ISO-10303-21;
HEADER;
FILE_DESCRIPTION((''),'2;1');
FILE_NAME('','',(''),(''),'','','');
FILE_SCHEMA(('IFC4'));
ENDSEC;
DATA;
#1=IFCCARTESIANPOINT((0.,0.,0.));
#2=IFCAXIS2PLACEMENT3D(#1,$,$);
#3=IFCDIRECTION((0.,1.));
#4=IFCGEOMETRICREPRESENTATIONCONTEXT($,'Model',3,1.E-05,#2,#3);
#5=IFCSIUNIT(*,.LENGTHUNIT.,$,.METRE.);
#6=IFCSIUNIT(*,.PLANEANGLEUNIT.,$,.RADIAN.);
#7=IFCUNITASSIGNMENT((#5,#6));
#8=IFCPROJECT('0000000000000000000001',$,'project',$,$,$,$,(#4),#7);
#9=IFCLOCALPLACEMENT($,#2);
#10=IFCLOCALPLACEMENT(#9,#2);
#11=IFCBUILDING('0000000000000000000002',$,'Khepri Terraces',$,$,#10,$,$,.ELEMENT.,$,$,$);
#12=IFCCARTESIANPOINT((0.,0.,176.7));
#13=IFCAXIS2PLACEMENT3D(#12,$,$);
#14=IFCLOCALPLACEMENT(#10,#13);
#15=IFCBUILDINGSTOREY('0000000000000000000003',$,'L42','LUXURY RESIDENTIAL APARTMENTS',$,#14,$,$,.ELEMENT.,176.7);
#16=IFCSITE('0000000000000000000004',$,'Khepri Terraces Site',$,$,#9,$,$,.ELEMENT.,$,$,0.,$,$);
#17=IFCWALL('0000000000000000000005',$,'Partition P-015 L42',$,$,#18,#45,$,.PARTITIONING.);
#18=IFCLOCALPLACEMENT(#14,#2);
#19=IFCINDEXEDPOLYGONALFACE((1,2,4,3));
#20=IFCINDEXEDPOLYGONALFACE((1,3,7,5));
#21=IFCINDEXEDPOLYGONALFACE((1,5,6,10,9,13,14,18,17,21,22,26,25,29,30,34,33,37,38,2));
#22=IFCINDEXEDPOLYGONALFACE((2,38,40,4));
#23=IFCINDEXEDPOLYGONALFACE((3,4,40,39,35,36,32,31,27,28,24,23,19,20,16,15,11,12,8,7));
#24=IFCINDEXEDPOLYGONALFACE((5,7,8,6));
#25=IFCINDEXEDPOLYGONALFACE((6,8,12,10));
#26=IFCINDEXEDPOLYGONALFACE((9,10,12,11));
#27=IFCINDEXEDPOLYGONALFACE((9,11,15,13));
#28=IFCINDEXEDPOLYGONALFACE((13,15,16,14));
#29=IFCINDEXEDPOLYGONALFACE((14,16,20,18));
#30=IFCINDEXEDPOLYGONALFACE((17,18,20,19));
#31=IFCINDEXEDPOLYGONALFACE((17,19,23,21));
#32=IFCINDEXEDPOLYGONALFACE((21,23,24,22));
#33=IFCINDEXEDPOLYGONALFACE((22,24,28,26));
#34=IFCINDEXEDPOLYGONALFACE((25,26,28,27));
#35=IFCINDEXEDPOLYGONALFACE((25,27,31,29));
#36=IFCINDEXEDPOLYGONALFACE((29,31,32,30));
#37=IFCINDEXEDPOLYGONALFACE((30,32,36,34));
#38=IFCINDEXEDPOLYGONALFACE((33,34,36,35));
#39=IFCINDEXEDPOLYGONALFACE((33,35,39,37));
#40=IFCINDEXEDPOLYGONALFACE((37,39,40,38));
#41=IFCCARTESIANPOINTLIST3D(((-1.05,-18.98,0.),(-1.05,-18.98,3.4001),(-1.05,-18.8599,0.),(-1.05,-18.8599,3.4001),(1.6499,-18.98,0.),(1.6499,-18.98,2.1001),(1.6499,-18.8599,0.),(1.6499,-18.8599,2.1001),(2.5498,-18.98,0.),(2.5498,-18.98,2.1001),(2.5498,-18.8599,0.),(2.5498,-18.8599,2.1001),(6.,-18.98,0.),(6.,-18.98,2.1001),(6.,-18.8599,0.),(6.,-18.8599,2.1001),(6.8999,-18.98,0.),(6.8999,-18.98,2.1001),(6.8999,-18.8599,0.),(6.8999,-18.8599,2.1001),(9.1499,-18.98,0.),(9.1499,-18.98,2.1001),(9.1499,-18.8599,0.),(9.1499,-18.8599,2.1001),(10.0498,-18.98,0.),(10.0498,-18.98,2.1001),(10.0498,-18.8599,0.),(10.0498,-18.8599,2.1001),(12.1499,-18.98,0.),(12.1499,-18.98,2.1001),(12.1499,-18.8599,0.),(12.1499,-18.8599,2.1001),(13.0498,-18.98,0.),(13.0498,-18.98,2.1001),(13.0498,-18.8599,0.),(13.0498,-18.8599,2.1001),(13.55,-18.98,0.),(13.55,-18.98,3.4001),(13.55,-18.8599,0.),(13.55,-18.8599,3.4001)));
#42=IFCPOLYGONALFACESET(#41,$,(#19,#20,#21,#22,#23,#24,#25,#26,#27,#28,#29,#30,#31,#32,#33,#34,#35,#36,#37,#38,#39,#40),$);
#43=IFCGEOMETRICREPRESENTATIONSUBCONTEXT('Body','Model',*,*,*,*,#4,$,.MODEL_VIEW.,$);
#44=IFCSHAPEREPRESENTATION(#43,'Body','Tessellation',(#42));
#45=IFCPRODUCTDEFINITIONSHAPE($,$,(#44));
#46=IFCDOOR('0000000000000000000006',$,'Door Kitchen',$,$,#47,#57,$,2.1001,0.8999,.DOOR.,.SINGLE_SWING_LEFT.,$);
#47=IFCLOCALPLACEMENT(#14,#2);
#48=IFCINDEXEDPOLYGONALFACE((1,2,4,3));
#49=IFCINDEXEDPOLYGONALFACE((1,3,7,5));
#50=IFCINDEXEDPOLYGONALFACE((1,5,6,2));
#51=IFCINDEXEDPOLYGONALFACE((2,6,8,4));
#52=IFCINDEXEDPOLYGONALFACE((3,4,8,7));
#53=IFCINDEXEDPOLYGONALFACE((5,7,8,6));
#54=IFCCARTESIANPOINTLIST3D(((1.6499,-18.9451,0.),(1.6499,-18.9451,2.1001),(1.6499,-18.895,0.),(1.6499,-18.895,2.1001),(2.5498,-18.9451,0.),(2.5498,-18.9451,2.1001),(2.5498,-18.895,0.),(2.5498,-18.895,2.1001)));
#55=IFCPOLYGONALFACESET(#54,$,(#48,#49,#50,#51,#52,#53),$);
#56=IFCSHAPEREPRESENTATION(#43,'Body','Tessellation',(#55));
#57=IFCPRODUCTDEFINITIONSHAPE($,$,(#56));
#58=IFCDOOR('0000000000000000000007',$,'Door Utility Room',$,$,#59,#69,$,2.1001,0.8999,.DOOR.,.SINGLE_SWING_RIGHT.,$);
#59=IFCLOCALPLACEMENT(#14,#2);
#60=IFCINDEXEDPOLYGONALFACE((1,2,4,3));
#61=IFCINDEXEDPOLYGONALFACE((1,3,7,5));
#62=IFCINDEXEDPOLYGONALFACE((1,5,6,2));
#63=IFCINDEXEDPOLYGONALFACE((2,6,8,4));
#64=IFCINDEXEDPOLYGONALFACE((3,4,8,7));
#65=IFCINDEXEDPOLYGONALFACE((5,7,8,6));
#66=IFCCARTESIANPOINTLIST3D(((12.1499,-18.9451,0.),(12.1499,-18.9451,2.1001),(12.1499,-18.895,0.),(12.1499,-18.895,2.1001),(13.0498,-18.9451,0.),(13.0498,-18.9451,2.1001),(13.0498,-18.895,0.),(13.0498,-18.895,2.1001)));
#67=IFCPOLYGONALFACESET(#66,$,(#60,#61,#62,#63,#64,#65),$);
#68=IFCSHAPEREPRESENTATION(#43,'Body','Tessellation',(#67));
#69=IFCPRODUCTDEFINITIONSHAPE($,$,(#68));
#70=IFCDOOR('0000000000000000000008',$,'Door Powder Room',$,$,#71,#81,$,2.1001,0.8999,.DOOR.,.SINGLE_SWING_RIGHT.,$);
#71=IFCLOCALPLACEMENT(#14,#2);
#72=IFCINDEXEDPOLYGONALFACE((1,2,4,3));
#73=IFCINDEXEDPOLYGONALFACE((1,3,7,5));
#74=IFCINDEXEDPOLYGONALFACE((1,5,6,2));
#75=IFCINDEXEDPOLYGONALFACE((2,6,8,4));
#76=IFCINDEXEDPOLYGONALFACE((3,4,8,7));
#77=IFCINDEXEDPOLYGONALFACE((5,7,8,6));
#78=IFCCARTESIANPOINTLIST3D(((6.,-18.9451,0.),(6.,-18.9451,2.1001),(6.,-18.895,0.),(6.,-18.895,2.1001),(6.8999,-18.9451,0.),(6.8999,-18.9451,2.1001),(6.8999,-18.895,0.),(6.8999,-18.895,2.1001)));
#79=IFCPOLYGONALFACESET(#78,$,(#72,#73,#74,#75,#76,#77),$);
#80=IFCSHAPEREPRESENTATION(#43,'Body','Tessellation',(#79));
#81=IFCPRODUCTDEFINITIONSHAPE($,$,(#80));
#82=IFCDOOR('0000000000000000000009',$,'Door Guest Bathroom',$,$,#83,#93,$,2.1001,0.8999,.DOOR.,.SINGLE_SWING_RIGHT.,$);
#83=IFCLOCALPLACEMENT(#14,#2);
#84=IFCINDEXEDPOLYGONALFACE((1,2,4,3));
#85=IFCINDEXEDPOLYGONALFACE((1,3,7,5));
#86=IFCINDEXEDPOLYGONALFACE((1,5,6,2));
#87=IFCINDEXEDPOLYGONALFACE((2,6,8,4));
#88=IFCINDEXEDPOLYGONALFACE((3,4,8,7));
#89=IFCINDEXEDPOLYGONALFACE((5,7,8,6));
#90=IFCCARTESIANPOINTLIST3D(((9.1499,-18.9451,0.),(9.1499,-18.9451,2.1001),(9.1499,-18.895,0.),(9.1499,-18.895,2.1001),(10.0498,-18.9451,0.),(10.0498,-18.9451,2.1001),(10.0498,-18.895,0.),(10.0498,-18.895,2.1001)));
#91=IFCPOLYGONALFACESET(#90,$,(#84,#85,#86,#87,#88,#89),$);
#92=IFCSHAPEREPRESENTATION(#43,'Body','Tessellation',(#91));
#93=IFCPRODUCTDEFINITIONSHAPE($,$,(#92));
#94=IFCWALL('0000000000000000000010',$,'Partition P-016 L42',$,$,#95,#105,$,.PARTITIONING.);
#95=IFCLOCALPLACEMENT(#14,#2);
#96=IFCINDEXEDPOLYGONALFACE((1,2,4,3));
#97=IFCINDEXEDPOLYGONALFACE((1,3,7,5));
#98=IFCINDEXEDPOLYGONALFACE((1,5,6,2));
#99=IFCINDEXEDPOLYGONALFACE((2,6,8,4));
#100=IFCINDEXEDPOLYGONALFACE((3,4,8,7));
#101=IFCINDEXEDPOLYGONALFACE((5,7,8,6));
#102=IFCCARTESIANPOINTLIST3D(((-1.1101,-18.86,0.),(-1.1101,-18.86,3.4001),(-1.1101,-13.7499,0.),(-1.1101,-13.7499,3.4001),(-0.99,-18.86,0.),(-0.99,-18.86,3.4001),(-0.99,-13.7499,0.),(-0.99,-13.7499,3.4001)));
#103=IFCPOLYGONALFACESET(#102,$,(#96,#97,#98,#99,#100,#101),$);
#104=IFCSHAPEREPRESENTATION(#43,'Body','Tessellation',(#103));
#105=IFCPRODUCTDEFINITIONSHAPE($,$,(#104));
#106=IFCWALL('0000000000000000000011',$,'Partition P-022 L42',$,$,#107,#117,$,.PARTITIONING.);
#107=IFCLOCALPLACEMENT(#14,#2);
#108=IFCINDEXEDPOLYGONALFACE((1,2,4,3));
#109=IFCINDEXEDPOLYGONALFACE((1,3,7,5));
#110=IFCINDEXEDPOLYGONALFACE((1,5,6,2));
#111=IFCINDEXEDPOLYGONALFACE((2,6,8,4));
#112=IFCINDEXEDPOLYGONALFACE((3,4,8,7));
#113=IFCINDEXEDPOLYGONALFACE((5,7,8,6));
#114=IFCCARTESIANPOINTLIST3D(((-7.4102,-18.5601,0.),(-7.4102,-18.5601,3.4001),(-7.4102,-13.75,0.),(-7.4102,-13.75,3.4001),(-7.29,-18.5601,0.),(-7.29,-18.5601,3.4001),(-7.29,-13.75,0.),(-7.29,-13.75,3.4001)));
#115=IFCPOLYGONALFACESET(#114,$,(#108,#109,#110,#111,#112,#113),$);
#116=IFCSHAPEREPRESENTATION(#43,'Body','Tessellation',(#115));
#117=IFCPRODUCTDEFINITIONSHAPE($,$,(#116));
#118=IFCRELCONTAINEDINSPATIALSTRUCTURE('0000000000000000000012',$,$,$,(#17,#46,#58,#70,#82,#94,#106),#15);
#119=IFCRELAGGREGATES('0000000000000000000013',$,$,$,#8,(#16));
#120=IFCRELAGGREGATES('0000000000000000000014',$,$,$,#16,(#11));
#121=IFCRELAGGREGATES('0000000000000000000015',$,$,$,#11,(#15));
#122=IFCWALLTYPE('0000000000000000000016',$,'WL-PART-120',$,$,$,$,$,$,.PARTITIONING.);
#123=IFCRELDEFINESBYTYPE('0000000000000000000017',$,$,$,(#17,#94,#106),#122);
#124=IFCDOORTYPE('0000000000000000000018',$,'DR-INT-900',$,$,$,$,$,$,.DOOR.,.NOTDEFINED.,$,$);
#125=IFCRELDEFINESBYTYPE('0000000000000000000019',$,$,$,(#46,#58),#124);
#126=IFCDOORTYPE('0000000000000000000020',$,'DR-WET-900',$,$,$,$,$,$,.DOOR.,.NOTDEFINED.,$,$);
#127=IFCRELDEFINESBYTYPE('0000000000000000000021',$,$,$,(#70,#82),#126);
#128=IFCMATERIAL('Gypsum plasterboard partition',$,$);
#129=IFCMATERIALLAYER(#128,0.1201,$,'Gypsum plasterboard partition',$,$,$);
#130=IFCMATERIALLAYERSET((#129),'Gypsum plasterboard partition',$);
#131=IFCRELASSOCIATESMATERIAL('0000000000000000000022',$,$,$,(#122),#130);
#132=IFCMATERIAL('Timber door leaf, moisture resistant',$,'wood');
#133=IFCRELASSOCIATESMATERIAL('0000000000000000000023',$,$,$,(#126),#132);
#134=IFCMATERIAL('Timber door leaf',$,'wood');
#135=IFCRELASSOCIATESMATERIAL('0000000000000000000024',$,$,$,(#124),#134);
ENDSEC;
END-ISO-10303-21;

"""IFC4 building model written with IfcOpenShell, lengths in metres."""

from ifc_helpers import new_model, si_unit, direction, frame, frame_2d, origin, place, context, subcontext, project, spatial, rectangle, extrude, material, layer, layer_set, type_object, element, fill, save


model = new_model("IFC4")

# Units and contexts
model_context = context("Model", 3, precision=1e-05, world=origin(), true_north=direction((0.0, 1.0)))
body_context = subcontext(model_context, "Body", "Model", "MODEL_VIEW")
ifc_project = project(units=[si_unit("LENGTHUNIT", "METRE"), si_unit("PLANEANGLEUNIT", "RADIAN")], contexts=[model_context])

# Site, building, storey
site_placement = place(None, origin())
site = spatial("IfcSite", under=ifc_project, at=site_placement, Name="Khepri Terraces Site", CompositionType="ELEMENT", RefElevation=0.0)
building_placement = place(site_placement, origin())
building = spatial("IfcBuilding", under=site, at=building_placement, Name="Khepri Terraces", CompositionType="ELEMENT")
storey_placement = place(building_placement, frame((0.0, 0.0, 176.7)))
storey = spatial("IfcBuildingStorey", under=building, at=storey_placement, Name="L42", Description="LUXURY RESIDENTIAL APARTMENTS", CompositionType="ELEMENT", Elevation=176.7)

# Shared definitions
ifc_material_1 = material(Name="Gypsum plasterboard partition")
ifc_layer_1 = layer(ifc_material_1, 0.1201, Name="Gypsum plasterboard partition")
ifc_layer_set_1 = layer_set([ifc_layer_1], Name="Gypsum plasterboard partition")
wall_type_1 = type_object("IfcWallType", Name="WL-PART-120", PredefinedType="PARTITIONING", material=ifc_layer_set_1)
ifc_material_2 = material(Name="Timber door leaf, moisture resistant", Category="wood")
door_type_1 = type_object("IfcDoorType", Name="DR-WET-900", OperationType="NOTDEFINED", PredefinedType="DOOR", material=ifc_material_2)

# Wall, openings, doors
ifc_material_3 = material(Name="Timber door leaf", Category="wood")
door_type_2 = type_object("IfcDoorType", Name="DR-INT-900", OperationType="NOTDEFINED", PredefinedType="DOOR", material=ifc_material_3)
wall_1_placement = place(storey_placement, frame((-1.05, -18.9199, 0.0), z_axis=(0.0, 0.0, 1.0), x_axis=(1.0, 0.0, 0.0)))
wall_1 = element("IfcWall", 1, at=wall_1_placement, inside=storey, type_object=wall_type_1, Name="Partition P-015 L42", PredefinedType="PARTITIONING", context=body_context, shape_type="SweptSolid", body=[
    extrude(rectangle(XDim=14.6001, YDim=0.1201, at=frame_2d((7.3, 0.0))), origin(), (0.0, 0.0, 1.0), 3.4001),
])
opening_1_placement = place(wall_1_placement, frame((2.7, 0.0, 0.0)))
opening_1 = element("IfcOpeningElement", 2, at=opening_1_placement, cuts=wall_1, PredefinedType="OPENING", context=body_context, shape_type="SweptSolid", body=[
    extrude(rectangle(XDim=0.8999, YDim=2.1001, at=frame_2d((0.45, 1.05))), frame((0.0, 0.0701, 0.0), z_axis=(0.0, -1.0, 0.0), x_axis=(1.0, 0.0, 0.0)), (0.0, 0.0, 1.0), 0.1401),
])
opening_2_placement = place(wall_1_placement, frame((7.05, 0.0, 0.0)))
opening_2 = element("IfcOpeningElement", 3, at=opening_2_placement, cuts=wall_1, PredefinedType="OPENING", context=body_context, shape_type="SweptSolid", body=[
    extrude(rectangle(XDim=0.8999, YDim=2.1001, at=frame_2d((0.45, 1.05))), frame((0.0, 0.0701, 0.0), z_axis=(0.0, -1.0, 0.0), x_axis=(1.0, 0.0, 0.0)), (0.0, 0.0, 1.0), 0.1401),
])
opening_3_placement = place(wall_1_placement, frame((10.2, 0.0, 0.0)))
opening_3 = element("IfcOpeningElement", 4, at=opening_3_placement, cuts=wall_1, PredefinedType="OPENING", context=body_context, shape_type="SweptSolid", body=[
    extrude(rectangle(XDim=0.8999, YDim=2.1001, at=frame_2d((0.45, 1.05))), frame((0.0, 0.0701, 0.0), z_axis=(0.0, -1.0, 0.0), x_axis=(1.0, 0.0, 0.0)), (0.0, 0.0, 1.0), 0.1401),
])
opening_4_placement = place(wall_1_placement, frame((13.2, 0.0, 0.0)))
opening_4 = element("IfcOpeningElement", 5, at=opening_4_placement, cuts=wall_1, PredefinedType="OPENING", context=body_context, shape_type="SweptSolid", body=[
    extrude(rectangle(XDim=0.8999, YDim=2.1001, at=frame_2d((0.45, 1.05))), frame((0.0, 0.0701, 0.0), z_axis=(0.0, -1.0, 0.0), x_axis=(1.0, 0.0, 0.0)), (0.0, 0.0, 1.0), 0.1401),
])
door_1_placement = place(opening_1_placement, origin())
door_1 = element("IfcDoor", 6, at=door_1_placement, inside=storey, type_object=door_type_2, Name="Door Kitchen", OperationType="SINGLE_SWING_LEFT", OverallHeight=2.1001, OverallWidth=0.8999, PredefinedType="DOOR", context=body_context, shape_type="SweptSolid", body=[
    extrude(rectangle(XDim=0.8999, YDim=2.1001, at=frame_2d((0.45, 1.05))), frame((0.0, 0.0249, 0.0), z_axis=(0.0, -1.0, 0.0), x_axis=(1.0, 0.0, 0.0)), (0.0, 0.0, 1.0), 0.05),
])
fill(opening_1, door_1)
door_2_placement = place(opening_4_placement, origin())
door_2 = element("IfcDoor", 7, at=door_2_placement, inside=storey, type_object=door_type_2, Name="Door Utility Room", OperationType="SINGLE_SWING_RIGHT", OverallHeight=2.1001, OverallWidth=0.8999, PredefinedType="DOOR", context=body_context, shape_type="SweptSolid", body=[
    extrude(rectangle(XDim=0.8999, YDim=2.1001, at=frame_2d((0.45, 1.05))), frame((0.0, 0.0249, 0.0), z_axis=(0.0, -1.0, 0.0), x_axis=(1.0, 0.0, 0.0)), (0.0, 0.0, 1.0), 0.05),
])
fill(opening_4, door_2)
door_3_placement = place(opening_2_placement, origin())
door_3 = element("IfcDoor", 8, at=door_3_placement, inside=storey, type_object=door_type_1, Name="Door Powder Room", OperationType="SINGLE_SWING_RIGHT", OverallHeight=2.1001, OverallWidth=0.8999, PredefinedType="DOOR", context=body_context, shape_type="SweptSolid", body=[
    extrude(rectangle(XDim=0.8999, YDim=2.1001, at=frame_2d((0.45, 1.05))), frame((0.0, 0.0249, 0.0), z_axis=(0.0, -1.0, 0.0), x_axis=(1.0, 0.0, 0.0)), (0.0, 0.0, 1.0), 0.05),
])
fill(opening_2, door_3)
door_4_placement = place(opening_3_placement, origin())
door_4 = element("IfcDoor", 9, at=door_4_placement, inside=storey, type_object=door_type_1, Name="Door Guest Bathroom", OperationType="SINGLE_SWING_RIGHT", OverallHeight=2.1001, OverallWidth=0.8999, PredefinedType="DOOR", context=body_context, shape_type="SweptSolid", body=[
    extrude(rectangle(XDim=0.8999, YDim=2.1001, at=frame_2d((0.45, 1.05))), frame((0.0, 0.0249, 0.0), z_axis=(0.0, -1.0, 0.0), x_axis=(1.0, 0.0, 0.0)), (0.0, 0.0, 1.0), 0.05),
])
fill(opening_3, door_4)

# Walls
wall_2_placement = place(storey_placement, frame((-1.05, -18.8601, 0.0), z_axis=(0.0, 0.0, 1.0), x_axis=(0.0, 1.0, 0.0)))
element("IfcWall", 10, at=wall_2_placement, inside=storey, type_object=wall_type_1, Name="Partition P-016 L42", PredefinedType="PARTITIONING", context=body_context, shape_type="SweptSolid", body=[
    extrude(rectangle(XDim=5.1101, YDim=0.1201, at=frame_2d((2.5552, 0.0))), origin(), (0.0, 0.0, 1.0), 3.4001),
])
wall_3_placement = place(storey_placement, frame((-7.3501, -18.5601, 0.0), z_axis=(0.0, 0.0, 1.0), x_axis=(0.0, 1.0, 0.0)))
element("IfcWall", 11, at=wall_3_placement, inside=storey, type_object=wall_type_1, Name="Partition P-022 L42", PredefinedType="PARTITIONING", context=body_context, shape_type="SweptSolid", body=[
    extrude(rectangle(XDim=4.8101, YDim=0.1201, at=frame_2d((2.405, 0.0))), origin(), (0.0, 0.0, 1.0), 3.4001),
])

save(model, "model.ifc")
